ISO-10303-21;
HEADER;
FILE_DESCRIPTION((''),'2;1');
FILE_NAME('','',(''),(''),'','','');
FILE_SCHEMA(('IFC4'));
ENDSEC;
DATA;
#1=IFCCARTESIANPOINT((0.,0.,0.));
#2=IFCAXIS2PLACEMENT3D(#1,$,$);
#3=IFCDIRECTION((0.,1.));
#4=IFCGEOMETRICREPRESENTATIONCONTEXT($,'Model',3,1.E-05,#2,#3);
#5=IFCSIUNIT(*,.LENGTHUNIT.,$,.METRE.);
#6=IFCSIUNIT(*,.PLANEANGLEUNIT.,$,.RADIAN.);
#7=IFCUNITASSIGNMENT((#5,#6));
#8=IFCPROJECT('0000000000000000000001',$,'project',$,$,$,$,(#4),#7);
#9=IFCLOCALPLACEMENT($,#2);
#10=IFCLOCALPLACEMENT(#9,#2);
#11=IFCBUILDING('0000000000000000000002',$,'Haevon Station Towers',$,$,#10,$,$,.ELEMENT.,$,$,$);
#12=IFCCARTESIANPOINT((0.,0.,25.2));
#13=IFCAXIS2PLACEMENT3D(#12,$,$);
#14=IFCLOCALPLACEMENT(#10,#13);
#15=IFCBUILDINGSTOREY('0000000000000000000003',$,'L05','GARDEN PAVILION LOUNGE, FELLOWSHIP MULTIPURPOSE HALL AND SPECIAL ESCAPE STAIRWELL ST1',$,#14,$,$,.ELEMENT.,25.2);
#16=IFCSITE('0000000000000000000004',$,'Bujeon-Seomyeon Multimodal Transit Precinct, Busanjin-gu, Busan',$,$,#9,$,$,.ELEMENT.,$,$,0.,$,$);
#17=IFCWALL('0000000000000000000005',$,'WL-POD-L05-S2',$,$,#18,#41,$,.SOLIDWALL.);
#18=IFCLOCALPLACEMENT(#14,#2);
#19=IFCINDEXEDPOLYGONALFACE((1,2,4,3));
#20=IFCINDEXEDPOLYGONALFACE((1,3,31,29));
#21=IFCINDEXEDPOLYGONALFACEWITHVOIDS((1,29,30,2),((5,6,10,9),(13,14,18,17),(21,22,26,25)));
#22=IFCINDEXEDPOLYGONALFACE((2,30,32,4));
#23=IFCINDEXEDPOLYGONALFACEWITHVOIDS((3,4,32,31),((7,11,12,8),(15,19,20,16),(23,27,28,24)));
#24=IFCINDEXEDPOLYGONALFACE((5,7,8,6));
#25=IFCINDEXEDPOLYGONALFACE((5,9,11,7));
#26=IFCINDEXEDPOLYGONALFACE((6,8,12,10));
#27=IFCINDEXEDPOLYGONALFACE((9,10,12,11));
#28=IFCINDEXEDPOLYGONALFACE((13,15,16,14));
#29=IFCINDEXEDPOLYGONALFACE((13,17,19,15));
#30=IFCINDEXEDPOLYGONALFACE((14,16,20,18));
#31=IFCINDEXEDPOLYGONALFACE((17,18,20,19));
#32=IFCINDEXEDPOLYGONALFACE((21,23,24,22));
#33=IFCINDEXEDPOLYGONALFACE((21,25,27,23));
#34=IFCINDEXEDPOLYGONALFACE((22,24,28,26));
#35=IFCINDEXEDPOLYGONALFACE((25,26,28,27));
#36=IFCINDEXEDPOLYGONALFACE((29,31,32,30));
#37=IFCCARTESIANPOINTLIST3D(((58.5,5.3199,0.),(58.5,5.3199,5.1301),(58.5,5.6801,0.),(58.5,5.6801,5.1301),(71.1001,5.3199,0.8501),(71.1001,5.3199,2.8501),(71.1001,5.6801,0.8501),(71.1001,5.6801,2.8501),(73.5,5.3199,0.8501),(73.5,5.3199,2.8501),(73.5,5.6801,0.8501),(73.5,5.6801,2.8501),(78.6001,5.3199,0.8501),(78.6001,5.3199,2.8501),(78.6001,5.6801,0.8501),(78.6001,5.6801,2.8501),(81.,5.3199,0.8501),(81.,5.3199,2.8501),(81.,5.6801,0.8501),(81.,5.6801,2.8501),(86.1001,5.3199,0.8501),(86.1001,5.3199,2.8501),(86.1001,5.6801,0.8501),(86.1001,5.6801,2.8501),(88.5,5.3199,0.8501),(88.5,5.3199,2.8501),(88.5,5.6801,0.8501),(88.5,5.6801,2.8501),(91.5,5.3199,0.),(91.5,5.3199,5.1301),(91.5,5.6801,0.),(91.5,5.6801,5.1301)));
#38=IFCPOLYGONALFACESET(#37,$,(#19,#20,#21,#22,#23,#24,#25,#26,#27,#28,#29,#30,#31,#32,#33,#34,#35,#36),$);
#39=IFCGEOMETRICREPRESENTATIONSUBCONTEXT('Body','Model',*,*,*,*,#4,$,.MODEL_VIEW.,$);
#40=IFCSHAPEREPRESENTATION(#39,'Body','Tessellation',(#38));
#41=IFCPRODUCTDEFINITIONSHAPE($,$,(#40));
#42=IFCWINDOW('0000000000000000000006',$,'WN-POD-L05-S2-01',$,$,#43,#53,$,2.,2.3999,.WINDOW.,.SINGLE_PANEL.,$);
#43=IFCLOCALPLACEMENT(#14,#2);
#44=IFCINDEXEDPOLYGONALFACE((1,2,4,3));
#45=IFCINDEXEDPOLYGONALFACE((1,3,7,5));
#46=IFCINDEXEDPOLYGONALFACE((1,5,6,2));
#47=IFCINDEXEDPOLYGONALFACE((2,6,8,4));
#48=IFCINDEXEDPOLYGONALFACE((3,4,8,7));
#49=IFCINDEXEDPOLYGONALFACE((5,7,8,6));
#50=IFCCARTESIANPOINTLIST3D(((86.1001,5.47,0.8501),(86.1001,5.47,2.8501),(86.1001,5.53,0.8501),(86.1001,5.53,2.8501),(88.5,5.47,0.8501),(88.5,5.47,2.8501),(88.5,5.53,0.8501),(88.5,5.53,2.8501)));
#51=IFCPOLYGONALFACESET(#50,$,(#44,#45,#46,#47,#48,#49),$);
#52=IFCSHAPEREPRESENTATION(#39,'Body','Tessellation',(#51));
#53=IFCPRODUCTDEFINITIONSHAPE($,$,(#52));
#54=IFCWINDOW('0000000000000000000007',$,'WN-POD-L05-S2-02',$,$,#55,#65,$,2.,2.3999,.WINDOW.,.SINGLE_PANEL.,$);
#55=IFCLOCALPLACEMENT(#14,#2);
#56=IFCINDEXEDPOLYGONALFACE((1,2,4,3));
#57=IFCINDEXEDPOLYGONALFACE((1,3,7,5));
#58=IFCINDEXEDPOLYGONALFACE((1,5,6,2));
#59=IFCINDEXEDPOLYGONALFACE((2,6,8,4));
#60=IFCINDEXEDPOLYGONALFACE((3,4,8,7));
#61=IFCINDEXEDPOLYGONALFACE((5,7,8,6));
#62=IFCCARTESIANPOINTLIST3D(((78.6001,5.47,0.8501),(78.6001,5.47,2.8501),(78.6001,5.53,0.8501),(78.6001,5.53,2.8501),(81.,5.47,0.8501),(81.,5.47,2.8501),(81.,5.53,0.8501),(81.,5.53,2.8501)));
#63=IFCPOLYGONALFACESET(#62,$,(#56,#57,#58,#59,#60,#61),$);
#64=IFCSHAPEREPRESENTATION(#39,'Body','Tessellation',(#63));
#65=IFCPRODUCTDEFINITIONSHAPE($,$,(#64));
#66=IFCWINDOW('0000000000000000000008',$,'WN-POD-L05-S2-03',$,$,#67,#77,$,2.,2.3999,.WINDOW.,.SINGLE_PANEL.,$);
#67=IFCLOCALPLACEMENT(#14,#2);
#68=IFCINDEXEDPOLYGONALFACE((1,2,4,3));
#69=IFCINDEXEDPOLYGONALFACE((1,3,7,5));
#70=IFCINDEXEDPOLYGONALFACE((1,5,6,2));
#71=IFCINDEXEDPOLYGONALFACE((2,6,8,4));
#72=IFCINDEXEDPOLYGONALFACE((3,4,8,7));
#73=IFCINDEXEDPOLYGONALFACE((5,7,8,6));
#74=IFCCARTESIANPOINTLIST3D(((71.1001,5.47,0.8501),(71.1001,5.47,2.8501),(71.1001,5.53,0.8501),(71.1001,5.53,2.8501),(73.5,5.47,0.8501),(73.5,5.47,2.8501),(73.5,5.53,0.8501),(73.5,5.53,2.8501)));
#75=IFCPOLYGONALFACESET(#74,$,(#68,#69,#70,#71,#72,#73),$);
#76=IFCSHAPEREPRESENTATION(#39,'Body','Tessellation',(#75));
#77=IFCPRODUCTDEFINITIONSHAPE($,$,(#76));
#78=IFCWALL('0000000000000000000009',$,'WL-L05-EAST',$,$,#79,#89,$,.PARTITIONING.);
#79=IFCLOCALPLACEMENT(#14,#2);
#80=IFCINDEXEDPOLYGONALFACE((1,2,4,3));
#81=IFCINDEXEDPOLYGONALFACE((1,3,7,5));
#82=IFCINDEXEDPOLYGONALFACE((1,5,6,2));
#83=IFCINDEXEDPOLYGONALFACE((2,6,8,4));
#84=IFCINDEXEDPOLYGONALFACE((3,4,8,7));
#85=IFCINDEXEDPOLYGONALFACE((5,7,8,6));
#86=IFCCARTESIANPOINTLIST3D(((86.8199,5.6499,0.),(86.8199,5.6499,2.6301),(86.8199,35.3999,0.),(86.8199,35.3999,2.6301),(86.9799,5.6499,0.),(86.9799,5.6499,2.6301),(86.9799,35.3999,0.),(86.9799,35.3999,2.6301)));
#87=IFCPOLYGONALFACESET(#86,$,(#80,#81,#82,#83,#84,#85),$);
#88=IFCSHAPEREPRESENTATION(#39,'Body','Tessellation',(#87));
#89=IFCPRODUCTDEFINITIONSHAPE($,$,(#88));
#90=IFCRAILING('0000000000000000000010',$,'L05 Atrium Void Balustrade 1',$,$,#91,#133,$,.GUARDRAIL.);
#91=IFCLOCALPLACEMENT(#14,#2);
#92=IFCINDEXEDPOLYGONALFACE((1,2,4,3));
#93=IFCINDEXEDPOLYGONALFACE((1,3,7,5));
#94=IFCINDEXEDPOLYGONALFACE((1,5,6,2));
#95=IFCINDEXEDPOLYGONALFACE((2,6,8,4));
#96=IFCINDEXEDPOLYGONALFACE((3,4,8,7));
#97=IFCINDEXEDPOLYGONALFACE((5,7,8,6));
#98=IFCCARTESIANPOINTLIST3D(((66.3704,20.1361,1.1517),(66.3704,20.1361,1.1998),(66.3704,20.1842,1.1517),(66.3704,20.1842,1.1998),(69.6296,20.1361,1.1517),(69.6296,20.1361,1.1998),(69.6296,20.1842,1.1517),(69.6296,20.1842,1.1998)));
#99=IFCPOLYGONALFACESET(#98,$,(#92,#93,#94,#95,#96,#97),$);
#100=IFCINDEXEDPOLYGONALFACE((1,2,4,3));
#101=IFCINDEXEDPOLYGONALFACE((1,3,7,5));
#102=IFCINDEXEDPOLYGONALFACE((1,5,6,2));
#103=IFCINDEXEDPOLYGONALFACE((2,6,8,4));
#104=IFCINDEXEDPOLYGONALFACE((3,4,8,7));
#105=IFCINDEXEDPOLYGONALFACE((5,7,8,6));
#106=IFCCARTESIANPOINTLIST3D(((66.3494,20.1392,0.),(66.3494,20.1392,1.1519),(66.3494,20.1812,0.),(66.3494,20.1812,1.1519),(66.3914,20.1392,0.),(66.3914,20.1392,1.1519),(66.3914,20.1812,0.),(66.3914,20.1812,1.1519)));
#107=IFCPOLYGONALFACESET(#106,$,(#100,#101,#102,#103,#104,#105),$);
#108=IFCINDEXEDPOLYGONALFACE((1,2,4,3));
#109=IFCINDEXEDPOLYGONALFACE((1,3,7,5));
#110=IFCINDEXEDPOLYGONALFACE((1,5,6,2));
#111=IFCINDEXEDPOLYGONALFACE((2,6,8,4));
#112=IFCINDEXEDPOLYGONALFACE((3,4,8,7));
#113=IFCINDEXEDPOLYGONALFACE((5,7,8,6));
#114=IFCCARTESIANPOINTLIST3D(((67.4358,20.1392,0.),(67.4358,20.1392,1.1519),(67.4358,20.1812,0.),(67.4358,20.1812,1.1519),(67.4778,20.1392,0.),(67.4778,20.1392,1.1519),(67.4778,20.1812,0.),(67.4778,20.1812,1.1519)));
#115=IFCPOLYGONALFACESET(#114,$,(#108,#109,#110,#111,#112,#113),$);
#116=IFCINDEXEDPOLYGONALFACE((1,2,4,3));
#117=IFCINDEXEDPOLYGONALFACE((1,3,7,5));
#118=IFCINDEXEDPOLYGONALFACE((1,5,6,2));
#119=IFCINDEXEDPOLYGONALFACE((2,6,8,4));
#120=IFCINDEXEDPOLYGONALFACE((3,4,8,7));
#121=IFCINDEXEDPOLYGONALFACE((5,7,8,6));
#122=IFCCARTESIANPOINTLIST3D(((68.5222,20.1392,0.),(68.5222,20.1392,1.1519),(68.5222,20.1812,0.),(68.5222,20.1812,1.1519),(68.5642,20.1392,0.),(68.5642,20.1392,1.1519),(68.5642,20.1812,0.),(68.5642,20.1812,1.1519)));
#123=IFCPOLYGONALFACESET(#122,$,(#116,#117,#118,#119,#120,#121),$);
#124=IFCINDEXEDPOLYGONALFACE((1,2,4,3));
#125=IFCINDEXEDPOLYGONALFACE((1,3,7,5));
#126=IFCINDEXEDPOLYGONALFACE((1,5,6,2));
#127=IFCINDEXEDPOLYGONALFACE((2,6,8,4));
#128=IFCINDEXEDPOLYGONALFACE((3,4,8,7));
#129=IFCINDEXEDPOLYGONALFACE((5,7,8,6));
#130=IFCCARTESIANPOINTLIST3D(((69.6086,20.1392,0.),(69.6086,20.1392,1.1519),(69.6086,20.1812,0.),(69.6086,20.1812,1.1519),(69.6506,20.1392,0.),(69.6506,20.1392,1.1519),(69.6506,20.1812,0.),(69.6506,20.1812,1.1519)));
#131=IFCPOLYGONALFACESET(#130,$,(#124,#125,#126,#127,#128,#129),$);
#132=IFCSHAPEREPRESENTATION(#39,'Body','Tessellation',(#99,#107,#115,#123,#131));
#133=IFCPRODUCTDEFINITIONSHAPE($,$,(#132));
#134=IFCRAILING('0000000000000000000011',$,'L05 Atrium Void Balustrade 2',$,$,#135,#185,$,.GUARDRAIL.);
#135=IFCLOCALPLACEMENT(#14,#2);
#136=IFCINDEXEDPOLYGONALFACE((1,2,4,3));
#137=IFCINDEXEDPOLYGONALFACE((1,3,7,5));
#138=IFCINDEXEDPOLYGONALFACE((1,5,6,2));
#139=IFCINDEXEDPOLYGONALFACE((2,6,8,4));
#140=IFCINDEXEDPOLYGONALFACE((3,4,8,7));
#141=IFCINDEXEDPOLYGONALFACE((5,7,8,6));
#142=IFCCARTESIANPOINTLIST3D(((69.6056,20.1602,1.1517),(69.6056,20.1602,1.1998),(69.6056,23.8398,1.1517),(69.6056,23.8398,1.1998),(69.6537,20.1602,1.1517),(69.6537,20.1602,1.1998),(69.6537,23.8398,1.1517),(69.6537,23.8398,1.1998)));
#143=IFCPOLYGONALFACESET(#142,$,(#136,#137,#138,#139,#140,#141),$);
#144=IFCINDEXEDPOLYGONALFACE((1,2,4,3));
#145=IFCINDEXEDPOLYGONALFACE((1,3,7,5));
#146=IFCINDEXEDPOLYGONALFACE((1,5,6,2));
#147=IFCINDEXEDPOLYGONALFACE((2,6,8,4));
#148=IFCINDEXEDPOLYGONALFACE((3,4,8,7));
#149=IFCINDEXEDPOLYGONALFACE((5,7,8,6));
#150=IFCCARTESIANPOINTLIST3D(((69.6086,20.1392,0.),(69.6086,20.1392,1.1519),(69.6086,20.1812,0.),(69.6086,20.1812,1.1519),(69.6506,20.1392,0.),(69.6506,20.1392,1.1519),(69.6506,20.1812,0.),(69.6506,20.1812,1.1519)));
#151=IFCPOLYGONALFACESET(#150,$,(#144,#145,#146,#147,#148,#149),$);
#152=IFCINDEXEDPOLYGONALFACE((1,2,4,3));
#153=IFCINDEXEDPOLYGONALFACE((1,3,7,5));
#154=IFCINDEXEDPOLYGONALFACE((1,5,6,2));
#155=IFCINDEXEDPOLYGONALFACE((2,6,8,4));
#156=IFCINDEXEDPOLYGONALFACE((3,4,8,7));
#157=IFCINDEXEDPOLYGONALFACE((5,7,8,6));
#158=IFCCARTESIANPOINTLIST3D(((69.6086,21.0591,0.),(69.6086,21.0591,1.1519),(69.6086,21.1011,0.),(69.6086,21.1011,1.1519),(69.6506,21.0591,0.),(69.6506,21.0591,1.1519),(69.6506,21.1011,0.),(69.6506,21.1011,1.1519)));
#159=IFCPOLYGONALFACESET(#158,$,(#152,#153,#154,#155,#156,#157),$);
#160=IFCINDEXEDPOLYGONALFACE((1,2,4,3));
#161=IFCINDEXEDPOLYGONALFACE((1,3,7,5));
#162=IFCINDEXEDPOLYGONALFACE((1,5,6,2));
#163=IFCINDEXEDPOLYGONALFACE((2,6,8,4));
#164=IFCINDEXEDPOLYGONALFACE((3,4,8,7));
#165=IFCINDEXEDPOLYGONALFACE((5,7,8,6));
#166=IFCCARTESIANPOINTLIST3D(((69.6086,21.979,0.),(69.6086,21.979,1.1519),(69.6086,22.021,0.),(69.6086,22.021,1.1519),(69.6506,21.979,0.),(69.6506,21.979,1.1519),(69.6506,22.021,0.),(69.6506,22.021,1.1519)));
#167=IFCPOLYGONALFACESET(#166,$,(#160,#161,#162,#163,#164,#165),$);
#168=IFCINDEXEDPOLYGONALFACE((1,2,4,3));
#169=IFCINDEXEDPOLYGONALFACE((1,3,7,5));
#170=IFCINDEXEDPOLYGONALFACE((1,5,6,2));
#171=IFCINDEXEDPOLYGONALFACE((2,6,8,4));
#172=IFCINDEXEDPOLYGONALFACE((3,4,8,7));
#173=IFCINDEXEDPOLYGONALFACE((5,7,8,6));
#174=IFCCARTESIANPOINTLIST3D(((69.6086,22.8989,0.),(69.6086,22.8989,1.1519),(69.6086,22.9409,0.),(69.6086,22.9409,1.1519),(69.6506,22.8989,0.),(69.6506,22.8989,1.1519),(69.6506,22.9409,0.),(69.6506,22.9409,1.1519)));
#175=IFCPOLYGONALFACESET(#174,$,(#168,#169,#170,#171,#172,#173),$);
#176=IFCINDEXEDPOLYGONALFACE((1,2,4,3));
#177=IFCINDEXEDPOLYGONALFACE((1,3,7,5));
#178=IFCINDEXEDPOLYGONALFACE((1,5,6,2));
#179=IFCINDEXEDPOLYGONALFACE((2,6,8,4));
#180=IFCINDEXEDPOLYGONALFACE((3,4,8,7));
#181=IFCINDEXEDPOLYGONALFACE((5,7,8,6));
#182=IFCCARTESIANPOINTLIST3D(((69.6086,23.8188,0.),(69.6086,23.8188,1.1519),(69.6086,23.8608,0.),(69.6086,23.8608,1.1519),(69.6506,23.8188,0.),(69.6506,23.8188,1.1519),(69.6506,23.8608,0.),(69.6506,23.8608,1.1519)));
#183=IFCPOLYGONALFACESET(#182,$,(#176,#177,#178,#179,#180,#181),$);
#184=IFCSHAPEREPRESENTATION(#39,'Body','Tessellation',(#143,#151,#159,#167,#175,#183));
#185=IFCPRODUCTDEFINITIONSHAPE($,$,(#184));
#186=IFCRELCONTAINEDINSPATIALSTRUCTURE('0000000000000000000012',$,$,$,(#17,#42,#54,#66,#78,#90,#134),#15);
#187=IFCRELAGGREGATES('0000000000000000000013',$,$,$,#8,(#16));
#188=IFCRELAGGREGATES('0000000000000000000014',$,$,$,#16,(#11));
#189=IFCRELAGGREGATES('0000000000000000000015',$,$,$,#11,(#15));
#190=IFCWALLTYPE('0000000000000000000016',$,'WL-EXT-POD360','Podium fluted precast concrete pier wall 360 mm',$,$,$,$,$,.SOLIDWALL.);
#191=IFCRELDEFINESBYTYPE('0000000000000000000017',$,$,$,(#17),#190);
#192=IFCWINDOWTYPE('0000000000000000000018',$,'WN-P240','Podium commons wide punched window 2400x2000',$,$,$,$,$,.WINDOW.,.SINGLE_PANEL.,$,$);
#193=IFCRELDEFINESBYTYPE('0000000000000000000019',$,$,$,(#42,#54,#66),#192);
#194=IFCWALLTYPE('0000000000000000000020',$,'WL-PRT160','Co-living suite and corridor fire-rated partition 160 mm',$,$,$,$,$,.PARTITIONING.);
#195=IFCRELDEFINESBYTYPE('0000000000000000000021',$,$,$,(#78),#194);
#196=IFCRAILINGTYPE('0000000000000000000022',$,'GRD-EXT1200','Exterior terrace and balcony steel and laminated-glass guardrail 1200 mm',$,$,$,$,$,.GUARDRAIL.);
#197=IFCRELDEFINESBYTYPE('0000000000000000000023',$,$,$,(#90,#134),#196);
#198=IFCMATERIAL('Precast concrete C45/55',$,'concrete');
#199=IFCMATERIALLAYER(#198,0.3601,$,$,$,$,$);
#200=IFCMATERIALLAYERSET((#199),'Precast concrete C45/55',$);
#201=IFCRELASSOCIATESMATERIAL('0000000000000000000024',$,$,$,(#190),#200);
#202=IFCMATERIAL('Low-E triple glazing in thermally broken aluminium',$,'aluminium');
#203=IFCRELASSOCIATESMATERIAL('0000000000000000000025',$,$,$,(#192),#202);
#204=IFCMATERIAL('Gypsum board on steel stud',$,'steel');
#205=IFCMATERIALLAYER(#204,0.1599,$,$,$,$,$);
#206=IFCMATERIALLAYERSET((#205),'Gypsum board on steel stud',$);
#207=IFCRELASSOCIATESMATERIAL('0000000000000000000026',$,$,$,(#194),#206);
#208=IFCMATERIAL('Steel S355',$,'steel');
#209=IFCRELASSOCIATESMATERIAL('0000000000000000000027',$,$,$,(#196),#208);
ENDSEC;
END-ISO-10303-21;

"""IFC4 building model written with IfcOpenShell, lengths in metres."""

from ifc_helpers import new_model, si_unit, direction, frame, frame_2d, origin, origin_2d, place, context, subcontext, project, spatial, rectangle, extrude, material, layer, layer_set, type_object, element, fill, save


model = new_model("IFC4")

# Units and contexts
model_context = context("Model", 3, precision=1e-05, world=origin(), true_north=direction((0.0, 1.0)))
body_context = subcontext(model_context, "Body", "Model", "MODEL_VIEW")
ifc_project = project(units=[si_unit("LENGTHUNIT", "METRE"), si_unit("PLANEANGLEUNIT", "RADIAN")], contexts=[model_context])

# Site, building, storey
site_placement = place(None, origin())
site = spatial("IfcSite", under=ifc_project, at=site_placement, Name="Bujeon-Seomyeon Multimodal Transit Precinct, Busanjin-gu, Busan", CompositionType="ELEMENT", RefElevation=0.0)
building_placement = place(site_placement, origin())
building = spatial("IfcBuilding", under=site, at=building_placement, Name="Haevon Station Towers", CompositionType="ELEMENT")
storey_placement = place(building_placement, frame((0.0, 0.0, 25.2)))
storey = spatial("IfcBuildingStorey", under=building, at=storey_placement, Name="L05", Description="GARDEN PAVILION LOUNGE, FELLOWSHIP MULTIPURPOSE HALL AND SPECIAL ESCAPE STAIRWELL ST1", CompositionType="ELEMENT", Elevation=25.2)

# Shared definitions
ifc_material_1 = material(Name="Steel S355", Category="steel")

# Wall, openings, windows
ifc_material_2 = material(Name="Precast concrete C45/55", Category="concrete")
ifc_layer_1 = layer(ifc_material_2, 0.3601)
ifc_layer_set_1 = layer_set([ifc_layer_1], Name="Precast concrete C45/55")
wall_type_1 = type_object("IfcWallType", Name="WL-EXT-POD360", Description="Podium fluted precast concrete pier wall 360 mm", PredefinedType="SOLIDWALL", material=ifc_layer_set_1)
wall_1_placement = place(storey_placement, frame((91.5, 5.5, 0.0), z_axis=(0.0, 0.0, 1.0), x_axis=(-1.0, 0.0, 0.0)))
wall_1 = element("IfcWall", 1, at=wall_1_placement, inside=storey, type_object=wall_type_1, Name="WL-POD-L05-S2", PredefinedType="SOLIDWALL", context=body_context, shape_type="SweptSolid", body=[
    extrude(rectangle(XDim=33.0, YDim=0.3601, at=frame_2d((16.5, 0.0))), origin(), (0.0, 0.0, 1.0), 5.1301),
])
opening_1_placement = place(wall_1_placement, frame((3.0, 0.0, 0.8501)))
opening_1 = element("IfcOpeningElement", 2, at=opening_1_placement, cuts=wall_1, PredefinedType="OPENING", context=body_context, shape_type="SweptSolid", body=[
    extrude(rectangle(XDim=2.3999, YDim=2.0, at=frame_2d((1.2, 1.0))), frame((0.0, 0.1899, 0.0), z_axis=(0.0, -1.0, 0.0), x_axis=(1.0, 0.0, 0.0)), (0.0, 0.0, 1.0), 0.3801),
])
opening_2_placement = place(wall_1_placement, frame((10.5, 0.0, 0.8501)))
opening_2 = element("IfcOpeningElement", 3, at=opening_2_placement, cuts=wall_1, PredefinedType="OPENING", context=body_context, shape_type="SweptSolid", body=[
    extrude(rectangle(XDim=2.3999, YDim=2.0, at=frame_2d((1.2, 1.0))), frame((0.0, 0.1899, 0.0), z_axis=(0.0, -1.0, 0.0), x_axis=(1.0, 0.0, 0.0)), (0.0, 0.0, 1.0), 0.3801),
])
opening_3_placement = place(wall_1_placement, frame((18.0, 0.0, 0.8501)))
opening_3 = element("IfcOpeningElement", 4, at=opening_3_placement, cuts=wall_1, PredefinedType="OPENING", context=body_context, shape_type="SweptSolid", body=[
    extrude(rectangle(XDim=2.3999, YDim=2.0, at=frame_2d((1.2, 1.0))), frame((0.0, 0.1899, 0.0), z_axis=(0.0, -1.0, 0.0), x_axis=(1.0, 0.0, 0.0)), (0.0, 0.0, 1.0), 0.3801),
])
ifc_material_3 = material(Name="Low-E triple glazing in thermally broken aluminium", Category="aluminium")
window_type = type_object("IfcWindowType", Name="WN-P240", Description="Podium commons wide punched window 2400x2000", PartitioningType="SINGLE_PANEL", PredefinedType="WINDOW", material=ifc_material_3)
window_1_placement = place(opening_1_placement, origin())
window_1 = element("IfcWindow", 5, at=window_1_placement, inside=storey, type_object=window_type, Name="WN-POD-L05-S2-01", OverallHeight=2.0, OverallWidth=2.3999, PartitioningType="SINGLE_PANEL", PredefinedType="WINDOW", context=body_context, shape_type="SweptSolid", body=[
    extrude(rectangle(XDim=2.3999, YDim=2.0, at=frame_2d((1.2, 1.0))), frame((0.0, 0.03, 0.0), z_axis=(0.0, -1.0, 0.0), x_axis=(1.0, 0.0, 0.0)), (0.0, 0.0, 1.0), 0.0601),
])
fill(opening_1, window_1)
window_2_placement = place(opening_2_placement, origin())
window_2 = element("IfcWindow", 6, at=window_2_placement, inside=storey, type_object=window_type, Name="WN-POD-L05-S2-02", OverallHeight=2.0, OverallWidth=2.3999, PartitioningType="SINGLE_PANEL", PredefinedType="WINDOW", context=body_context, shape_type="SweptSolid", body=[
    extrude(rectangle(XDim=2.3999, YDim=2.0, at=frame_2d((1.2, 1.0))), frame((0.0, 0.03, 0.0), z_axis=(0.0, -1.0, 0.0), x_axis=(1.0, 0.0, 0.0)), (0.0, 0.0, 1.0), 0.0601),
])
fill(opening_2, window_2)
window_3_placement = place(opening_3_placement, origin())
window_3 = element("IfcWindow", 7, at=window_3_placement, inside=storey, type_object=window_type, Name="WN-POD-L05-S2-03", OverallHeight=2.0, OverallWidth=2.3999, PartitioningType="SINGLE_PANEL", PredefinedType="WINDOW", context=body_context, shape_type="SweptSolid", body=[
    extrude(rectangle(XDim=2.3999, YDim=2.0, at=frame_2d((1.2, 1.0))), frame((0.0, 0.03, 0.0), z_axis=(0.0, -1.0, 0.0), x_axis=(1.0, 0.0, 0.0)), (0.0, 0.0, 1.0), 0.0601),
])
fill(opening_3, window_3)

# Wall
ifc_material_4 = material(Name="Gypsum board on steel stud", Category="steel")
ifc_layer_2 = layer(ifc_material_4, 0.1599)
ifc_layer_set_2 = layer_set([ifc_layer_2], Name="Gypsum board on steel stud")
wall_type_2 = type_object("IfcWallType", Name="WL-PRT160", Description="Co-living suite and corridor fire-rated partition 160 mm", PredefinedType="PARTITIONING", material=ifc_layer_set_2)
wall_2_placement = place(storey_placement, frame((86.8999, 5.6499, 0.0), z_axis=(0.0, 0.0, 1.0), x_axis=(0.0, 1.0, 0.0)))
element("IfcWall", 8, at=wall_2_placement, inside=storey, type_object=wall_type_2, Name="WL-L05-EAST", PredefinedType="PARTITIONING", context=body_context, shape_type="SweptSolid", body=[
    extrude(rectangle(XDim=29.75, YDim=0.1599, at=frame_2d((14.875, 0.0))), origin(), (0.0, 0.0, 1.0), 2.6301),
])

# Railings
railing_type = type_object("IfcRailingType", Name="GRD-EXT1200", Description="Exterior terrace and balcony steel and laminated-glass guardrail 1200 mm", PredefinedType="GUARDRAIL", material=ifc_material_1)
railing_1_placement = place(storey_placement, frame((66.3704, 20.1602, 0.0)))
element("IfcRailing", 9, at=railing_1_placement, inside=storey, type_object=railing_type, Name="L05 Atrium Void Balustrade 1", PredefinedType="GUARDRAIL", context=body_context, shape_type="SweptSolid", body=[
    extrude(rectangle(XDim=0.0481, YDim=0.0481, at=origin_2d()), frame((0.0, 0.0, 1.1758), z_axis=(1.0, 0.0, 0.0), x_axis=(0.0, 1.0, 0.0)), (0.0, 0.0, 1.0), 3.2593),
    extrude(rectangle(XDim=0.042, YDim=0.042, at=origin_2d()), origin(), (0.0, 0.0, 1.0), 1.1519),
    extrude(rectangle(XDim=0.042, YDim=0.042, at=origin_2d()), frame((1.0864, 0.0, 0.0)), (0.0, 0.0, 1.0), 1.1519),
    extrude(rectangle(XDim=0.042, YDim=0.042, at=origin_2d()), frame((2.1729, 0.0, 0.0)), (0.0, 0.0, 1.0), 1.1519),
    extrude(rectangle(XDim=0.042, YDim=0.042, at=origin_2d()), frame((3.2593, 0.0, 0.0)), (0.0, 0.0, 1.0), 1.1519),
])
railing_2_placement = place(storey_placement, frame((69.6296, 20.1602, 0.0)))
element("IfcRailing", 10, at=railing_2_placement, inside=storey, type_object=railing_type, Name="L05 Atrium Void Balustrade 2", PredefinedType="GUARDRAIL", context=body_context, shape_type="SweptSolid", body=[
    extrude(rectangle(XDim=0.0481, YDim=0.0481, at=origin_2d()), frame((0.0, 0.0, 1.1758), z_axis=(0.0, 1.0, 0.0), x_axis=(-1.0, 0.0, 0.0)), (0.0, 0.0, 1.0), 3.6797),
    extrude(rectangle(XDim=0.042, YDim=0.042, at=origin_2d()), origin(), (0.0, 0.0, 1.0), 1.1519),
    extrude(rectangle(XDim=0.042, YDim=0.042, at=origin_2d()), frame((0.0, 0.9199, 0.0)), (0.0, 0.0, 1.0), 1.1519),
    extrude(rectangle(XDim=0.042, YDim=0.042, at=origin_2d()), frame((0.0, 1.8398, 0.0)), (0.0, 0.0, 1.0), 1.1519),
    extrude(rectangle(XDim=0.042, YDim=0.042, at=origin_2d()), frame((0.0, 2.7598, 0.0)), (0.0, 0.0, 1.0), 1.1519),
    extrude(rectangle(XDim=0.042, YDim=0.042, at=origin_2d()), frame((0.0, 3.6797, 0.0)), (0.0, 0.0, 1.0), 1.1519),
])

save(model, "model.ifc")
